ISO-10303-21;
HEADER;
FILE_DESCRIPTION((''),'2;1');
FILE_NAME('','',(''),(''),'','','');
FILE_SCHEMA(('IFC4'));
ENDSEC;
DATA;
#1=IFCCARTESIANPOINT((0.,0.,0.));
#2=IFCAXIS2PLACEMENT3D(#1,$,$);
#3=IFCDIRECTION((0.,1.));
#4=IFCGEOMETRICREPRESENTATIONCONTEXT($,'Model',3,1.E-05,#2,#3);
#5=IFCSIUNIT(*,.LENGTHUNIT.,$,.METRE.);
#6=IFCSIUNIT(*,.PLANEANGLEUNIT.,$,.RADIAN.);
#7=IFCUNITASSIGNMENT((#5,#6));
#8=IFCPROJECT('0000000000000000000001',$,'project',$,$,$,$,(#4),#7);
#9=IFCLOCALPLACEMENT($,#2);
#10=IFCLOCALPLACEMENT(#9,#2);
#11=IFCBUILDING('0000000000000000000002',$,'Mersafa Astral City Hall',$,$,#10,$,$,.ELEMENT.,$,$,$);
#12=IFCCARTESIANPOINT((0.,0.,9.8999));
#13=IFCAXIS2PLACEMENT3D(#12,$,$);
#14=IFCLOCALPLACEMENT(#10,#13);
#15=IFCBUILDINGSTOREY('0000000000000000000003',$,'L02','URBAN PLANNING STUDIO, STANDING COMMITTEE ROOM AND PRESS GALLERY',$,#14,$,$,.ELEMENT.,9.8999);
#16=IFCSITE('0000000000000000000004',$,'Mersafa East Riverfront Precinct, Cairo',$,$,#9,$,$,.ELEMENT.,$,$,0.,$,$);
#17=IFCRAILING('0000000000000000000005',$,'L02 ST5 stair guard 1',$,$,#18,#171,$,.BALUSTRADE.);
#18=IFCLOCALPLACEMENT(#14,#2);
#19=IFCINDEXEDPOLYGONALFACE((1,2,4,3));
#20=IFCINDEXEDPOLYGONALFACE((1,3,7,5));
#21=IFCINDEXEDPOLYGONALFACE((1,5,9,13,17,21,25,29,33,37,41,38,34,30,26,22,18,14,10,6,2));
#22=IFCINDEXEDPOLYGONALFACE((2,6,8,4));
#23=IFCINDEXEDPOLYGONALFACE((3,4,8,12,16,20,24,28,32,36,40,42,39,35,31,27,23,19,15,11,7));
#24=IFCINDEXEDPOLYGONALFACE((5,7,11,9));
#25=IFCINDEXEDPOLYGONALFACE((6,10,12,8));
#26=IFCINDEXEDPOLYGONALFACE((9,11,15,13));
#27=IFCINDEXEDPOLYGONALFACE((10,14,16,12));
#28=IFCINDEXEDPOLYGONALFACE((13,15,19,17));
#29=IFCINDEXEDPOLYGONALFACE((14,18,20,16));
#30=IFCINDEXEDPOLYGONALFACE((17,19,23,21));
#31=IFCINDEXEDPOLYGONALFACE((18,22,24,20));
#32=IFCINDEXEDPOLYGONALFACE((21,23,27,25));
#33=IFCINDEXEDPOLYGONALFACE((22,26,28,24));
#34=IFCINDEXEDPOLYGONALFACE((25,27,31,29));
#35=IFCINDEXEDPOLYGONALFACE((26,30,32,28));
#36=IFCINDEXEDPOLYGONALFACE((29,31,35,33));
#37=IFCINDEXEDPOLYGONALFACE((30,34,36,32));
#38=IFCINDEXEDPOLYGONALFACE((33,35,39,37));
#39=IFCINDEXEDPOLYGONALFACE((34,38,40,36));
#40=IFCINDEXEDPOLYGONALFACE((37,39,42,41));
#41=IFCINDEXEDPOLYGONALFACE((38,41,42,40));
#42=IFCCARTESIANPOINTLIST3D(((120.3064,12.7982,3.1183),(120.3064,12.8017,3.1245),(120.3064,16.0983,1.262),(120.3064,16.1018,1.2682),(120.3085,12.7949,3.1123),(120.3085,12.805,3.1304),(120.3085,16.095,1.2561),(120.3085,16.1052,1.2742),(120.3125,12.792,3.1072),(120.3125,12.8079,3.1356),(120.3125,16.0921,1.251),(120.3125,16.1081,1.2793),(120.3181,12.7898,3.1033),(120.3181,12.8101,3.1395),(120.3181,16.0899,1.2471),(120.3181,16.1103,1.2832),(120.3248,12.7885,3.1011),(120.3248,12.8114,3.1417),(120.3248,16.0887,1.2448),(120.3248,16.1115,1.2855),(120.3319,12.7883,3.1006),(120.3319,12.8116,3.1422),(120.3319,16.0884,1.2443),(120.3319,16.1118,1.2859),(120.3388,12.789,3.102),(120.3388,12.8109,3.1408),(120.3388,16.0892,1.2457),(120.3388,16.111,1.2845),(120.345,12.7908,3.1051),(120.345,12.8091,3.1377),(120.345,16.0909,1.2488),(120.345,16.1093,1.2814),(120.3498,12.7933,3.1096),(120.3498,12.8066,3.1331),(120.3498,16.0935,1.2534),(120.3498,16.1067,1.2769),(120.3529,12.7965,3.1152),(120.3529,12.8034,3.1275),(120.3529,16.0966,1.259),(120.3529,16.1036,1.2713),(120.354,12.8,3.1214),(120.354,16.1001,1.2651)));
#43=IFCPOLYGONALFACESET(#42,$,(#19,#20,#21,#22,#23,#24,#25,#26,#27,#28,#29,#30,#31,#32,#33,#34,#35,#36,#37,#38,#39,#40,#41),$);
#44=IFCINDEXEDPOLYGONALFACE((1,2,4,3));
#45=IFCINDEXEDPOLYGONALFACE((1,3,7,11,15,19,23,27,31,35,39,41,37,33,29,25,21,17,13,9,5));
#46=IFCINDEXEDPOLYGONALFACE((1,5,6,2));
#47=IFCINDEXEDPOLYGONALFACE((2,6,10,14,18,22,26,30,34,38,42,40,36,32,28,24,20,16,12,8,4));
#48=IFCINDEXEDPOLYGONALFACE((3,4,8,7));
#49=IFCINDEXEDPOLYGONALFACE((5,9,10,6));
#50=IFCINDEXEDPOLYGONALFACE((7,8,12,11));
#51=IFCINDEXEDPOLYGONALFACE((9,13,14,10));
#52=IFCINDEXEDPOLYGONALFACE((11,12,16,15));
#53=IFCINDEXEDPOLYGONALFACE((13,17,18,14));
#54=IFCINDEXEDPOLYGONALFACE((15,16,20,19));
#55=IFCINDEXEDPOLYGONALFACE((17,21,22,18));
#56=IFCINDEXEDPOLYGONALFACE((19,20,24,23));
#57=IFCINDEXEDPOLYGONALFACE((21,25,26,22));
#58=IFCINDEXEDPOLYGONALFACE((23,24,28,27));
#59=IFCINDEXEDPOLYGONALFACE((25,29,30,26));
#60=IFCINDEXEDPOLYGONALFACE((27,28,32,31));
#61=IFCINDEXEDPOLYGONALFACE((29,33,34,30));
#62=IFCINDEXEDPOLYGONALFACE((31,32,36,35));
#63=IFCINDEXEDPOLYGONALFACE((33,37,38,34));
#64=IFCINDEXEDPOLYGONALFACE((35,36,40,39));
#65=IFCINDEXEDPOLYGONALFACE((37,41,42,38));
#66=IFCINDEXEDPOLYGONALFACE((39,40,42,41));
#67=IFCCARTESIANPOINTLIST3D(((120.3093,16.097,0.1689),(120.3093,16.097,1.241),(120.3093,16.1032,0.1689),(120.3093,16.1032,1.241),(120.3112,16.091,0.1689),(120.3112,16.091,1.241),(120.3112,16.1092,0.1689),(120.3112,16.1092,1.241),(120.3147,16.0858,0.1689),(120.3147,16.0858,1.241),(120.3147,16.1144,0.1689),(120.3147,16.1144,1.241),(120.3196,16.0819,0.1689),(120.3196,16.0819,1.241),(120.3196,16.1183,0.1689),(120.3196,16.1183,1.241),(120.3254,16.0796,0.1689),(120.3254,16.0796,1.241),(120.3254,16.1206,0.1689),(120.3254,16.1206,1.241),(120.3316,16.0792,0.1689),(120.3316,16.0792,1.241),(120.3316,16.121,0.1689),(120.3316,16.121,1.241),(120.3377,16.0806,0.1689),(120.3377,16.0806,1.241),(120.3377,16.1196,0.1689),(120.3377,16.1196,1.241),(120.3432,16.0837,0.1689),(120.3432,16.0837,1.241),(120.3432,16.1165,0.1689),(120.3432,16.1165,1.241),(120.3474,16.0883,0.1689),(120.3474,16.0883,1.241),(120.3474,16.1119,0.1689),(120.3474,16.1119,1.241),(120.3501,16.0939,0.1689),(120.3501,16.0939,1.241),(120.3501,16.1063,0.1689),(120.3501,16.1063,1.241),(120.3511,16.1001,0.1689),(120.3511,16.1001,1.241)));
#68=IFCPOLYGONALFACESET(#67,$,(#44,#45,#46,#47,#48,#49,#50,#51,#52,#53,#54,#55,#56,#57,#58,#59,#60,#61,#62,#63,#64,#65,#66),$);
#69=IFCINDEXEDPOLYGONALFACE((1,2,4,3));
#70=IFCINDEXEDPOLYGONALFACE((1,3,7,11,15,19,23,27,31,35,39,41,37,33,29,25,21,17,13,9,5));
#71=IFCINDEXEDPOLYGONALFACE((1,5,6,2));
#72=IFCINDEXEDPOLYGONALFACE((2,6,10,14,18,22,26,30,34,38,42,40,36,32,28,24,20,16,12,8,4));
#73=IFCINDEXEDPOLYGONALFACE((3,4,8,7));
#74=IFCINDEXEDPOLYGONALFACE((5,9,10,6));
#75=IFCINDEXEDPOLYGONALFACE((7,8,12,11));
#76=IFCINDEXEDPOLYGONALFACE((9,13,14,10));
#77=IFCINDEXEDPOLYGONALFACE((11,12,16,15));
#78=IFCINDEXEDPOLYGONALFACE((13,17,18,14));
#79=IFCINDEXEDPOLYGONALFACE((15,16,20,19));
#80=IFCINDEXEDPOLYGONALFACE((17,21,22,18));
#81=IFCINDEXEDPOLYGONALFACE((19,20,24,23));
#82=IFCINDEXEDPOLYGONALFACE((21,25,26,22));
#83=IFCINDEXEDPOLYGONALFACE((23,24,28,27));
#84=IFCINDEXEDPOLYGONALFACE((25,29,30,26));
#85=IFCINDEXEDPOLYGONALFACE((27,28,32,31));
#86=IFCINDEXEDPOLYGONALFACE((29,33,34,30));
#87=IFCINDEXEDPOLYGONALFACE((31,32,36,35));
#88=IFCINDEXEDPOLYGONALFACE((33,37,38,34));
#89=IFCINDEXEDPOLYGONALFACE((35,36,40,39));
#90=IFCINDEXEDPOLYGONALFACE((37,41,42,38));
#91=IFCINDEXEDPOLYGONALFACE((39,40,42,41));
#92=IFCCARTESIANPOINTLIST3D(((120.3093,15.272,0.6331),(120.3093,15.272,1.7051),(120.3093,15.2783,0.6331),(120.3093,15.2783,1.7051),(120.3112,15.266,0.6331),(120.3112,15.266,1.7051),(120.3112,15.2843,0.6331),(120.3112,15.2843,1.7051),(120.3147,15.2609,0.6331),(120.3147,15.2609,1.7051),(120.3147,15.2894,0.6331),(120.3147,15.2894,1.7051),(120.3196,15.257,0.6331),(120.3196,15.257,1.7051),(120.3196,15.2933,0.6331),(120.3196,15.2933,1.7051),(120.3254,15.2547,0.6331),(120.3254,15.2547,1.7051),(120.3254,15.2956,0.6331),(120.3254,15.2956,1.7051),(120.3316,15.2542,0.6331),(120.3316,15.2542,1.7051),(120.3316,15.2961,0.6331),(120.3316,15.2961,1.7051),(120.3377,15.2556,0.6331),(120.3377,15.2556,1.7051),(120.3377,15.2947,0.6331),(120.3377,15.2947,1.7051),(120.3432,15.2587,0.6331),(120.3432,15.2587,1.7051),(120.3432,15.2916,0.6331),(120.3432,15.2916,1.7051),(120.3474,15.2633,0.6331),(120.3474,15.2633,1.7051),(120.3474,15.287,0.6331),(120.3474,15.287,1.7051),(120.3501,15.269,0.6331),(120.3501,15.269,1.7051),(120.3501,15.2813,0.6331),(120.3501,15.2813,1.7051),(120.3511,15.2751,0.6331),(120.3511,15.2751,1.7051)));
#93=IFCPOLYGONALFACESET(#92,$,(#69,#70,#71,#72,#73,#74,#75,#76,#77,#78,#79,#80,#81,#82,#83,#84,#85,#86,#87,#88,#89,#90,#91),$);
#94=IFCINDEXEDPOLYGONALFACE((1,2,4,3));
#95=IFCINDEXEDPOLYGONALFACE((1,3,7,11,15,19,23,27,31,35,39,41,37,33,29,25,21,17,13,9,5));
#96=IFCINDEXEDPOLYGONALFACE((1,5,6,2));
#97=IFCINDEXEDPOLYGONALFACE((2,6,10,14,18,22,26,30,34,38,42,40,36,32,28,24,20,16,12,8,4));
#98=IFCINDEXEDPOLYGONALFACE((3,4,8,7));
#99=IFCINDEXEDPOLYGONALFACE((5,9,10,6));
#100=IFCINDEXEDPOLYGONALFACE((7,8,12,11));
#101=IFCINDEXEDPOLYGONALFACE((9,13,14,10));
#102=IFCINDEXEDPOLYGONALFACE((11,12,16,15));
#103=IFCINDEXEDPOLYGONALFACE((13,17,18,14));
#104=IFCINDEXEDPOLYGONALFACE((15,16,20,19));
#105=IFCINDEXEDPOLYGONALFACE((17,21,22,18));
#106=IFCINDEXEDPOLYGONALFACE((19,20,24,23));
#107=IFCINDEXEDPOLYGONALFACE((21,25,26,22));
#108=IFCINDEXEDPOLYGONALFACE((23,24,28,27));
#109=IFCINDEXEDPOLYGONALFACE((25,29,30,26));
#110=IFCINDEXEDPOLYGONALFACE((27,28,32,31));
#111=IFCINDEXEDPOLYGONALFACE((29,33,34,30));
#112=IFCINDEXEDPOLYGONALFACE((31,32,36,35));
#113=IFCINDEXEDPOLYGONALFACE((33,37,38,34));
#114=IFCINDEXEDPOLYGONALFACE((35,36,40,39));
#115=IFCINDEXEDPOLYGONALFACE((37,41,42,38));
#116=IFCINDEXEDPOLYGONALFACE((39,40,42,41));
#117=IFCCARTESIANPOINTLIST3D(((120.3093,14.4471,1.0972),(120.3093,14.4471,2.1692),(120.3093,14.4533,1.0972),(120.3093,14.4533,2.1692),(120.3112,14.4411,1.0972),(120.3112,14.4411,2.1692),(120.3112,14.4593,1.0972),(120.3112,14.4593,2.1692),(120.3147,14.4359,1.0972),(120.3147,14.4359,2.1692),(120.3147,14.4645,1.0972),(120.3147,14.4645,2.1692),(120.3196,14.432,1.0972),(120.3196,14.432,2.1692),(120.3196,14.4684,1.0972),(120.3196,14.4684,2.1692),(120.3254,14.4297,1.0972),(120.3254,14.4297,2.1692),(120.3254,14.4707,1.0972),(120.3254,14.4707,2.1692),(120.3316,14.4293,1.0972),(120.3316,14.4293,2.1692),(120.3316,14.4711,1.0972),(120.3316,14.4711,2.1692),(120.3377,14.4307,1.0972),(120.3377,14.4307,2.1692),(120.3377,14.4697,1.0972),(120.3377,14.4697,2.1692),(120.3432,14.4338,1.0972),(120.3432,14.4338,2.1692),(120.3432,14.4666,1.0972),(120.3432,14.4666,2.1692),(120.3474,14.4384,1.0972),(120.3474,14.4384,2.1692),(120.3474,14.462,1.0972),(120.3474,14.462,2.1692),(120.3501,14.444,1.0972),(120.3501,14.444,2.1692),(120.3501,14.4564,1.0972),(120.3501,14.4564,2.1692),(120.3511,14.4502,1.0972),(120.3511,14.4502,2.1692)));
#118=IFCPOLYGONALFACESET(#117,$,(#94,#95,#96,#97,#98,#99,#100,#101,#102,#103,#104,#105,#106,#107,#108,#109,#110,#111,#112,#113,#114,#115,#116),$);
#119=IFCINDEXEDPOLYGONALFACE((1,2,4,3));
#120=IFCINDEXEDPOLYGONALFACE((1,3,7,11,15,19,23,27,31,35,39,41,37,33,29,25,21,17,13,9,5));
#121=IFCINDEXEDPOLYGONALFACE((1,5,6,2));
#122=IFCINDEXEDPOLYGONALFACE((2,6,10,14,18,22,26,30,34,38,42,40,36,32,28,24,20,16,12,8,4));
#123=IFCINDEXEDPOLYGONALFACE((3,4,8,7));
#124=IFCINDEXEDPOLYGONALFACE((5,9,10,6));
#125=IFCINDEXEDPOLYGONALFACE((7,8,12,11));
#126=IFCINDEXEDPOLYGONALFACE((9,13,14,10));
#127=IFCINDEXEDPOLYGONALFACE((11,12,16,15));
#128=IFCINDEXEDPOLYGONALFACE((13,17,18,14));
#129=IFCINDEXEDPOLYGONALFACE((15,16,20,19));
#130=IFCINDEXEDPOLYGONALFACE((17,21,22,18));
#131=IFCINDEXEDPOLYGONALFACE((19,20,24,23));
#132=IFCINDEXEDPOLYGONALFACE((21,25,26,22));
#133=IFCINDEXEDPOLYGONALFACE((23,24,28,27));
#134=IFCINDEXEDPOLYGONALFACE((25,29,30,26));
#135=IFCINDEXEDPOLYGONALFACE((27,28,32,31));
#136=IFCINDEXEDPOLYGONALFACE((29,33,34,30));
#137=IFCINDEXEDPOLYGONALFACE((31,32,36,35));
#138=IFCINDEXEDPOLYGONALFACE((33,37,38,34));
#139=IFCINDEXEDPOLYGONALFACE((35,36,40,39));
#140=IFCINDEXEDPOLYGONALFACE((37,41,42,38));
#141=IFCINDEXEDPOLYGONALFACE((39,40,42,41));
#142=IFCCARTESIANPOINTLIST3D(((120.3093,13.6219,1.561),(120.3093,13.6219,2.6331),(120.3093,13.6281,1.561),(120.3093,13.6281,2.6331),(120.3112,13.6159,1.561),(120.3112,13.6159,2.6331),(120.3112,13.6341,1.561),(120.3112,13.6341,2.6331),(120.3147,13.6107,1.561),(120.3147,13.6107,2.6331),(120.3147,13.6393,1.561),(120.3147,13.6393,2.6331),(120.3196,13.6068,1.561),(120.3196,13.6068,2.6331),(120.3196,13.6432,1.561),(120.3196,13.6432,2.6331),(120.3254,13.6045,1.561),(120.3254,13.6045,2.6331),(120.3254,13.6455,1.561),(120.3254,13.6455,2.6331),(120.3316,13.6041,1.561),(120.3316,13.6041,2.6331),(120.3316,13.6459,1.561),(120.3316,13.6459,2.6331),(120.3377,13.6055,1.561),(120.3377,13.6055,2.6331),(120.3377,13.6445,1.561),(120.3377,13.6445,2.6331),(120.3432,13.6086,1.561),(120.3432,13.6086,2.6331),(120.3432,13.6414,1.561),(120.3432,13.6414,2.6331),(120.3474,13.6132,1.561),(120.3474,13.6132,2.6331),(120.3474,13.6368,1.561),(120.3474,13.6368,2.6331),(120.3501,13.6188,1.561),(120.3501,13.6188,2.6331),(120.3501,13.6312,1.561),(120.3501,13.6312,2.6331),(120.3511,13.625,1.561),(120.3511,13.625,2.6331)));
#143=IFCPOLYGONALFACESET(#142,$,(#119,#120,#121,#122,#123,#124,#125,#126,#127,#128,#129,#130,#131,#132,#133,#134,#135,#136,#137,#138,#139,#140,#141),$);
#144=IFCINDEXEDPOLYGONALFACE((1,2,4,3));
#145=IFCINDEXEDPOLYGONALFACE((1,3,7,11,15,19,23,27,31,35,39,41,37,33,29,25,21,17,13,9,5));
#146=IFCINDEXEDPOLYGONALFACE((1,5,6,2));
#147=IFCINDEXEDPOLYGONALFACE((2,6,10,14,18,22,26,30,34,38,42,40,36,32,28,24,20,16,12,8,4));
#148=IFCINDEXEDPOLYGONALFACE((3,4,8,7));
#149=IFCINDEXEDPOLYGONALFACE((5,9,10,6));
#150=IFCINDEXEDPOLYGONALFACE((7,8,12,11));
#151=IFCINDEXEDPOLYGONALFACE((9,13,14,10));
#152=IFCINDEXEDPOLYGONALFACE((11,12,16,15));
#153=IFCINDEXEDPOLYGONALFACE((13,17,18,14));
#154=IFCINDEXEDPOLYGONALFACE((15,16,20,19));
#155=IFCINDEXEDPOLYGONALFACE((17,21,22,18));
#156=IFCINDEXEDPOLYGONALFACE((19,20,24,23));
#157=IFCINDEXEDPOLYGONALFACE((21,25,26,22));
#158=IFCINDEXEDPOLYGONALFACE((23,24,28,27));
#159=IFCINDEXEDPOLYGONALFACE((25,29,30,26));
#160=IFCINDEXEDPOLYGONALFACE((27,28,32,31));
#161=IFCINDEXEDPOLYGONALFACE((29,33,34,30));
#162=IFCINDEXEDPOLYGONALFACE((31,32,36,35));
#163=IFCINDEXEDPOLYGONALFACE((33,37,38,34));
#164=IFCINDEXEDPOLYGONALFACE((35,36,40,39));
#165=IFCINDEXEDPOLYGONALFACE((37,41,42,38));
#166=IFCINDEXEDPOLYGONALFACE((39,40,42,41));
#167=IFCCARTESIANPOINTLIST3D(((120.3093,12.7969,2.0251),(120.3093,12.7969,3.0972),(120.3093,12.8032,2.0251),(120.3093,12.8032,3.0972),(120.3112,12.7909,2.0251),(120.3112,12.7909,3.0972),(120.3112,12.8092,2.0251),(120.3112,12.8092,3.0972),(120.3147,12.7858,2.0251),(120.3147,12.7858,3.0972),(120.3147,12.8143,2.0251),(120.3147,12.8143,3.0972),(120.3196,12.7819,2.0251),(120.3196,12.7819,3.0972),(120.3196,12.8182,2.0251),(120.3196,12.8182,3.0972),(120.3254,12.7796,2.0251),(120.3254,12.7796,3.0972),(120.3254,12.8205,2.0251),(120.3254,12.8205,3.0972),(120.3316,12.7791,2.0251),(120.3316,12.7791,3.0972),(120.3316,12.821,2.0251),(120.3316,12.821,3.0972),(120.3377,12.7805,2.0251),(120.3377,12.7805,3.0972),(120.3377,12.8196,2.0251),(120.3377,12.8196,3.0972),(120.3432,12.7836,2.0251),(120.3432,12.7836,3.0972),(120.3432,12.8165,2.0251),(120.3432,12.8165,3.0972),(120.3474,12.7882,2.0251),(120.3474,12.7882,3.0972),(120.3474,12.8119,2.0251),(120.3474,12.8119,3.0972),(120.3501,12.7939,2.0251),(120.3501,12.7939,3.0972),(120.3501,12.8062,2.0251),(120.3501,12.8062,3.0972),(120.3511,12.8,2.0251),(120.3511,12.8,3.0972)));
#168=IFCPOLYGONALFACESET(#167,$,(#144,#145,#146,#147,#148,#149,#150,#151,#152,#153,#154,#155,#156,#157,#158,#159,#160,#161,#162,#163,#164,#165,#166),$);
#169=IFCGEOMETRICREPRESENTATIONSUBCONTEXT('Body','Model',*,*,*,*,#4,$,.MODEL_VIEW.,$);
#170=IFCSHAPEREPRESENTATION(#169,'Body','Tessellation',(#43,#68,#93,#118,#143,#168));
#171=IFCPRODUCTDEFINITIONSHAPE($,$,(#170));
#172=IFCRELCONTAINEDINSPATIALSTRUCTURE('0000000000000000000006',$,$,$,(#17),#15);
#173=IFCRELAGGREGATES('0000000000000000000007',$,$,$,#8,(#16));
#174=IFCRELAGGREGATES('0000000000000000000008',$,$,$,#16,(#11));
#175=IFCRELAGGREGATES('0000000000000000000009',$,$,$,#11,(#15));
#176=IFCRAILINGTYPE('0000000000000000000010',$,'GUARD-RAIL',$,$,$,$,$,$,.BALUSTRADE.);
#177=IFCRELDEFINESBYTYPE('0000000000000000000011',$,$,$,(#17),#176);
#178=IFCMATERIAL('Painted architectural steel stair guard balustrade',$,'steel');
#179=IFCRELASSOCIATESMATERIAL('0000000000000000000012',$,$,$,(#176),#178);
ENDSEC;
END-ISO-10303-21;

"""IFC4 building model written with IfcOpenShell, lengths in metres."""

from ifc_helpers import new_model, si_unit, direction, frame, origin, origin_2d, place, context, subcontext, project, spatial, circle, extrude, material, type_object, element, save


model = new_model("IFC4")

# Units and contexts
model_context = context("Model", 3, precision=1e-05, world=origin(), true_north=direction((0.0, 1.0)))
body_context = subcontext(model_context, "Body", "Model", "MODEL_VIEW")
ifc_project = project(units=[si_unit("LENGTHUNIT", "METRE"), si_unit("PLANEANGLEUNIT", "RADIAN")], contexts=[model_context])

# Site, building, storey
site_placement = place(None, origin())
site = spatial("IfcSite", under=ifc_project, at=site_placement, Name="Mersafa East Riverfront Precinct, Cairo", CompositionType="ELEMENT", RefElevation=0.0)
building_placement = place(site_placement, origin())
building = spatial("IfcBuilding", under=site, at=building_placement, Name="Mersafa Astral City Hall", CompositionType="ELEMENT")
storey_placement = place(building_placement, frame((0.0, 0.0, 9.8999)))
storey = spatial("IfcBuildingStorey", under=building, at=storey_placement, Name="L02", Description="URBAN PLANNING STUDIO, STANDING COMMITTEE ROOM AND PRESS GALLERY", CompositionType="ELEMENT", Elevation=9.8999)

# Railing
ifc_material_1 = material(Name="Painted architectural steel stair guard balustrade", Category="steel")
railing_type_1 = type_object("IfcRailingType", Name="GUARD-RAIL", PredefinedType="BALUSTRADE", material=ifc_material_1)
railing_1_placement = place(storey_placement, frame((120.3301, 16.1001, 0.1689)))
element("IfcRailing", 1, at=railing_1_placement, inside=storey, type_object=railing_type_1, Name="L02 ST5 stair guard 1", PredefinedType="BALUSTRADE", context=body_context, shape_type="SweptSolid", body=[
    extrude(circle(Radius=0.0239, at=origin_2d()), frame((0.0, 0.0, 1.0962), z_axis=(0.0, -0.871584, 0.490246), x_axis=(1.0, 0.0, 0.0)), (0.0, 0.0, 1.0), 3.7864),
    extrude(circle(Radius=0.021, at=origin_2d()), origin(), (0.0, 0.0, 1.0), 1.072),
    extrude(circle(Radius=0.021, at=origin_2d()), frame((0.0, -0.825, 0.4641)), (0.0, 0.0, 1.0), 1.072),
    extrude(circle(Radius=0.021, at=origin_2d()), frame((0.0, -1.6499, 0.9282)), (0.0, 0.0, 1.0), 1.072),
    extrude(circle(Radius=0.021, at=origin_2d()), frame((0.0, -2.4751, 1.3921)), (0.0, 0.0, 1.0), 1.072),
    extrude(circle(Radius=0.021, at=origin_2d()), frame((0.0, -3.3, 1.8562)), (0.0, 0.0, 1.0), 1.072),
])

save(model, "model.ifc")
